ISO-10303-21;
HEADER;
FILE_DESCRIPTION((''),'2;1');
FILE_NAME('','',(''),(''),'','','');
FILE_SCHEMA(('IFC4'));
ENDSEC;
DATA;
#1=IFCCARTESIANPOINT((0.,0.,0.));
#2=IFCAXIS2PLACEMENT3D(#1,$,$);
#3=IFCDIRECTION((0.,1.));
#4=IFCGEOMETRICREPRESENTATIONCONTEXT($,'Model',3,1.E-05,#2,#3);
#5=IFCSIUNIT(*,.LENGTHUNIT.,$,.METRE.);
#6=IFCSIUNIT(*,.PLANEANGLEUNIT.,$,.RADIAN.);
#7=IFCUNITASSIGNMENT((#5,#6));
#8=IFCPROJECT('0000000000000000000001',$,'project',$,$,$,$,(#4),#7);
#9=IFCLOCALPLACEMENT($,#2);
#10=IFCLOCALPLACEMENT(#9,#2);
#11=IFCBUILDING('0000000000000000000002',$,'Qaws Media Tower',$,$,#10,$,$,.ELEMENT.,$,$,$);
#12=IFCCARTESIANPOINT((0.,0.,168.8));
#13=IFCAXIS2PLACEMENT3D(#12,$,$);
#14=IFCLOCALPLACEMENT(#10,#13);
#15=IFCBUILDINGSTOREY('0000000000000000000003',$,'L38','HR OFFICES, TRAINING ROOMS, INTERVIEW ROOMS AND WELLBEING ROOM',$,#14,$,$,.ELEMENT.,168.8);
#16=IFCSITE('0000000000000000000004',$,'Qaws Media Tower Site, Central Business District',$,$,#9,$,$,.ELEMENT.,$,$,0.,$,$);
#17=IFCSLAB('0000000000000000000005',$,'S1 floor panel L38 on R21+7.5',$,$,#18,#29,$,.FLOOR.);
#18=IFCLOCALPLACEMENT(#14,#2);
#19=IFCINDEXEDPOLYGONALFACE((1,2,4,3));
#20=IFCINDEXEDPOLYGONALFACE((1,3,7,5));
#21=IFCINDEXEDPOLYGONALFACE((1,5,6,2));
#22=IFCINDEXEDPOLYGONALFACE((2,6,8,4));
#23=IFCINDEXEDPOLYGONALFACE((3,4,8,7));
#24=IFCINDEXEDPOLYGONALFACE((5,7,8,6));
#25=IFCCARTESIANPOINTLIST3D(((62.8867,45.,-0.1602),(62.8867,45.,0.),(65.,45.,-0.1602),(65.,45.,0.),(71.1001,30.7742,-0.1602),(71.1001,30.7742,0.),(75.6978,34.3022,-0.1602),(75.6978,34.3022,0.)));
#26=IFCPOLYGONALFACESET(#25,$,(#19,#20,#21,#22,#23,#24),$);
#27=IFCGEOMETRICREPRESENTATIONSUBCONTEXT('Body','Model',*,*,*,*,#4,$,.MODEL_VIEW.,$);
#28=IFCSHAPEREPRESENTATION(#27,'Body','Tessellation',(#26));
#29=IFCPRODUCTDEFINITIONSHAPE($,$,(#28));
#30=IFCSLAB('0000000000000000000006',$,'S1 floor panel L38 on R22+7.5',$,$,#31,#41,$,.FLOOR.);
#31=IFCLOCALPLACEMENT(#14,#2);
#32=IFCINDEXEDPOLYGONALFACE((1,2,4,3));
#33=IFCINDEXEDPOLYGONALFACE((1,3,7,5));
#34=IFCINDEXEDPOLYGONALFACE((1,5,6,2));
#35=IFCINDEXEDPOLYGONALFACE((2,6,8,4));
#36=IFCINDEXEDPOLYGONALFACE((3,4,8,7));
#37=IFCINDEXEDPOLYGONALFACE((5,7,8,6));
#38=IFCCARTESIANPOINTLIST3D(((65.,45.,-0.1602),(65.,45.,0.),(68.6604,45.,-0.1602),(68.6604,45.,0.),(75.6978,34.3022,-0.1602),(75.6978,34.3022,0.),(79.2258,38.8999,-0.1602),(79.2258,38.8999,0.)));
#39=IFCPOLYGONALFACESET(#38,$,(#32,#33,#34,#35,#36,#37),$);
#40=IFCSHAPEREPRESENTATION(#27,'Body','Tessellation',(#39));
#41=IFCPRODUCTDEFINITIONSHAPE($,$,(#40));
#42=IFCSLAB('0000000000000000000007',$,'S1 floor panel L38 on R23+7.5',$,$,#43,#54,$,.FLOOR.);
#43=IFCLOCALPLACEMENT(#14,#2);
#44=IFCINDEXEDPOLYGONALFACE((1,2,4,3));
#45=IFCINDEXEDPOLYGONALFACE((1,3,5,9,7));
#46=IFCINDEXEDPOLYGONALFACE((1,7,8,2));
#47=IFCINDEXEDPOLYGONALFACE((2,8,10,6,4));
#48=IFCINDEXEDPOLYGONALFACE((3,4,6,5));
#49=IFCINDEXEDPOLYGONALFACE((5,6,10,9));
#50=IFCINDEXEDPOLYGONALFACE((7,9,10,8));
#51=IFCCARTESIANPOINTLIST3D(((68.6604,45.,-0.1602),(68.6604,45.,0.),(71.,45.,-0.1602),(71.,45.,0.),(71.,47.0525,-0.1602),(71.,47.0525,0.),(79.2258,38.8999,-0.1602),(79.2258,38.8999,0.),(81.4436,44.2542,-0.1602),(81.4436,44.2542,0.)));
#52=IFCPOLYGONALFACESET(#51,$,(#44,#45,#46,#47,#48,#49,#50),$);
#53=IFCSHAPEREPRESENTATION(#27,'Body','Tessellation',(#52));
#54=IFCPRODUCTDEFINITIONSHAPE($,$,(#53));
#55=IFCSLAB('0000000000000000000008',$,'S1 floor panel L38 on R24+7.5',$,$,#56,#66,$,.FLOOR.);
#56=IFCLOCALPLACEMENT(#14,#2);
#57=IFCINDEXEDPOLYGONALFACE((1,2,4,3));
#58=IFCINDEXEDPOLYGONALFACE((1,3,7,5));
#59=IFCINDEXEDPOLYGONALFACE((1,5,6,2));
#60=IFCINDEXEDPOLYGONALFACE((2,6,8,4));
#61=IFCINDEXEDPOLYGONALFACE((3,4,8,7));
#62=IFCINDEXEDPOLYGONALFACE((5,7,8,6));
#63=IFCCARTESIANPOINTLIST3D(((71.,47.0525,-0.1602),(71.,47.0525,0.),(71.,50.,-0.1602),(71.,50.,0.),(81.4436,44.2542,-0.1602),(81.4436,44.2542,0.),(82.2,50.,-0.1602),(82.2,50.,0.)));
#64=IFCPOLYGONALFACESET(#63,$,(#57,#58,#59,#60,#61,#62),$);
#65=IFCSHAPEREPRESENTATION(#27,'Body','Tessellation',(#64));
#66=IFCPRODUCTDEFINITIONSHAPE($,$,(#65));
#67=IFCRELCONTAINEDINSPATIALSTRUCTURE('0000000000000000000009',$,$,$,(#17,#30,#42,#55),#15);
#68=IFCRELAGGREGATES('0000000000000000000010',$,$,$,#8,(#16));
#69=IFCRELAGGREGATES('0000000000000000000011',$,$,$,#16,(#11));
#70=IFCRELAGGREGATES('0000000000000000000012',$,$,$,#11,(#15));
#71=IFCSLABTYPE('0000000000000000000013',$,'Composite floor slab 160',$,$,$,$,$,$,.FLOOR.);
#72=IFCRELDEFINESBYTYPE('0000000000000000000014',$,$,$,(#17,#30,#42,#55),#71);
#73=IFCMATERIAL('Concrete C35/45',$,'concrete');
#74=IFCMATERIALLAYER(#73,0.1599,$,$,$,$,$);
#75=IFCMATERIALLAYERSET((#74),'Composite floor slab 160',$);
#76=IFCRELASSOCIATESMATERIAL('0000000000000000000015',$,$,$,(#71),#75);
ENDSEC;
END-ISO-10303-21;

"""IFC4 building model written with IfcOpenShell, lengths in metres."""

from ifc_helpers import new_model, si_unit, direction, frame, origin, place, context, subcontext, project, spatial, polyline, outline, extrude, material, layer, layer_set, type_object, element, save


model = new_model("IFC4")

# Units and contexts
model_context = context("Model", 3, precision=1e-05, world=origin(), true_north=direction((0.0, 1.0)))
body_context = subcontext(model_context, "Body", "Model", "MODEL_VIEW")
ifc_project = project(units=[si_unit("LENGTHUNIT", "METRE"), si_unit("PLANEANGLEUNIT", "RADIAN")], contexts=[model_context])

# Site, building, storey
site_placement = place(None, origin())
site = spatial("IfcSite", under=ifc_project, at=site_placement, Name="Qaws Media Tower Site, Central Business District", CompositionType="ELEMENT", RefElevation=0.0)
building_placement = place(site_placement, origin())
building = spatial("IfcBuilding", under=site, at=building_placement, Name="Qaws Media Tower", CompositionType="ELEMENT")
storey_placement = place(building_placement, frame((0.0, 0.0, 168.8)))
storey = spatial("IfcBuildingStorey", under=building, at=storey_placement, Name="L38", Description="HR OFFICES, TRAINING ROOMS, INTERVIEW ROOMS AND WELLBEING ROOM", CompositionType="ELEMENT", Elevation=168.8)

# Slabs
ifc_material_1 = material(Name="Concrete C35/45", Category="concrete")
ifc_layer_1 = layer(ifc_material_1, 0.1599)
ifc_layer_set_1 = layer_set([ifc_layer_1], Name="Composite floor slab 160")
slab_type_1 = type_object("IfcSlabType", Name="Composite floor slab 160", PredefinedType="FLOOR", material=ifc_layer_set_1)
slab_1_placement = place(storey_placement, frame((0.0, 0.0, -0.1602)))
element("IfcSlab", 1, at=slab_1_placement, inside=storey, type_object=slab_type_1, Name="S1 floor panel L38 on R21+7.5", PredefinedType="FLOOR", context=body_context, shape_type="SweptSolid", body=[
    extrude(outline(polyline([(71.1001, 30.7742), (62.8867, 45.0), (65.0, 45.0), (75.6978, 34.3022), (71.1001, 30.7742)])), origin(), (0.0, 0.0, 1.0), 0.1602),
])
slab_2_placement = place(storey_placement, frame((0.0, 0.0, -0.1602)))
element("IfcSlab", 2, at=slab_2_placement, inside=storey, type_object=slab_type_1, Name="S1 floor panel L38 on R22+7.5", PredefinedType="FLOOR", context=body_context, shape_type="SweptSolid", body=[
    extrude(outline(polyline([(75.6978, 34.3022), (65.0, 45.0), (68.6604, 45.0), (79.2258, 38.8999), (75.6978, 34.3022)])), origin(), (0.0, 0.0, 1.0), 0.1602),
])
slab_3_placement = place(storey_placement, frame((0.0, 0.0, -0.1602)))
element("IfcSlab", 3, at=slab_3_placement, inside=storey, type_object=slab_type_1, Name="S1 floor panel L38 on R23+7.5", PredefinedType="FLOOR", context=body_context, shape_type="SweptSolid", body=[
    extrude(outline(polyline([(81.4436, 44.2542), (79.2258, 38.8999), (68.6604, 45.0), (71.0, 45.0), (71.0, 47.0525), (81.4436, 44.2542)])), origin(), (0.0, 0.0, 1.0), 0.1602),
])
slab_4_placement = place(storey_placement, frame((0.0, 0.0, -0.1602)))
element("IfcSlab", 4, at=slab_4_placement, inside=storey, type_object=slab_type_1, Name="S1 floor panel L38 on R24+7.5", PredefinedType="FLOOR", context=body_context, shape_type="SweptSolid", body=[
    extrude(outline(polyline([(81.4436, 44.2542), (71.0, 47.0525), (71.0, 50.0), (82.2, 50.0), (81.4436, 44.2542)])), origin(), (0.0, 0.0, 1.0), 0.1602),
])

save(model, "model.ifc")
